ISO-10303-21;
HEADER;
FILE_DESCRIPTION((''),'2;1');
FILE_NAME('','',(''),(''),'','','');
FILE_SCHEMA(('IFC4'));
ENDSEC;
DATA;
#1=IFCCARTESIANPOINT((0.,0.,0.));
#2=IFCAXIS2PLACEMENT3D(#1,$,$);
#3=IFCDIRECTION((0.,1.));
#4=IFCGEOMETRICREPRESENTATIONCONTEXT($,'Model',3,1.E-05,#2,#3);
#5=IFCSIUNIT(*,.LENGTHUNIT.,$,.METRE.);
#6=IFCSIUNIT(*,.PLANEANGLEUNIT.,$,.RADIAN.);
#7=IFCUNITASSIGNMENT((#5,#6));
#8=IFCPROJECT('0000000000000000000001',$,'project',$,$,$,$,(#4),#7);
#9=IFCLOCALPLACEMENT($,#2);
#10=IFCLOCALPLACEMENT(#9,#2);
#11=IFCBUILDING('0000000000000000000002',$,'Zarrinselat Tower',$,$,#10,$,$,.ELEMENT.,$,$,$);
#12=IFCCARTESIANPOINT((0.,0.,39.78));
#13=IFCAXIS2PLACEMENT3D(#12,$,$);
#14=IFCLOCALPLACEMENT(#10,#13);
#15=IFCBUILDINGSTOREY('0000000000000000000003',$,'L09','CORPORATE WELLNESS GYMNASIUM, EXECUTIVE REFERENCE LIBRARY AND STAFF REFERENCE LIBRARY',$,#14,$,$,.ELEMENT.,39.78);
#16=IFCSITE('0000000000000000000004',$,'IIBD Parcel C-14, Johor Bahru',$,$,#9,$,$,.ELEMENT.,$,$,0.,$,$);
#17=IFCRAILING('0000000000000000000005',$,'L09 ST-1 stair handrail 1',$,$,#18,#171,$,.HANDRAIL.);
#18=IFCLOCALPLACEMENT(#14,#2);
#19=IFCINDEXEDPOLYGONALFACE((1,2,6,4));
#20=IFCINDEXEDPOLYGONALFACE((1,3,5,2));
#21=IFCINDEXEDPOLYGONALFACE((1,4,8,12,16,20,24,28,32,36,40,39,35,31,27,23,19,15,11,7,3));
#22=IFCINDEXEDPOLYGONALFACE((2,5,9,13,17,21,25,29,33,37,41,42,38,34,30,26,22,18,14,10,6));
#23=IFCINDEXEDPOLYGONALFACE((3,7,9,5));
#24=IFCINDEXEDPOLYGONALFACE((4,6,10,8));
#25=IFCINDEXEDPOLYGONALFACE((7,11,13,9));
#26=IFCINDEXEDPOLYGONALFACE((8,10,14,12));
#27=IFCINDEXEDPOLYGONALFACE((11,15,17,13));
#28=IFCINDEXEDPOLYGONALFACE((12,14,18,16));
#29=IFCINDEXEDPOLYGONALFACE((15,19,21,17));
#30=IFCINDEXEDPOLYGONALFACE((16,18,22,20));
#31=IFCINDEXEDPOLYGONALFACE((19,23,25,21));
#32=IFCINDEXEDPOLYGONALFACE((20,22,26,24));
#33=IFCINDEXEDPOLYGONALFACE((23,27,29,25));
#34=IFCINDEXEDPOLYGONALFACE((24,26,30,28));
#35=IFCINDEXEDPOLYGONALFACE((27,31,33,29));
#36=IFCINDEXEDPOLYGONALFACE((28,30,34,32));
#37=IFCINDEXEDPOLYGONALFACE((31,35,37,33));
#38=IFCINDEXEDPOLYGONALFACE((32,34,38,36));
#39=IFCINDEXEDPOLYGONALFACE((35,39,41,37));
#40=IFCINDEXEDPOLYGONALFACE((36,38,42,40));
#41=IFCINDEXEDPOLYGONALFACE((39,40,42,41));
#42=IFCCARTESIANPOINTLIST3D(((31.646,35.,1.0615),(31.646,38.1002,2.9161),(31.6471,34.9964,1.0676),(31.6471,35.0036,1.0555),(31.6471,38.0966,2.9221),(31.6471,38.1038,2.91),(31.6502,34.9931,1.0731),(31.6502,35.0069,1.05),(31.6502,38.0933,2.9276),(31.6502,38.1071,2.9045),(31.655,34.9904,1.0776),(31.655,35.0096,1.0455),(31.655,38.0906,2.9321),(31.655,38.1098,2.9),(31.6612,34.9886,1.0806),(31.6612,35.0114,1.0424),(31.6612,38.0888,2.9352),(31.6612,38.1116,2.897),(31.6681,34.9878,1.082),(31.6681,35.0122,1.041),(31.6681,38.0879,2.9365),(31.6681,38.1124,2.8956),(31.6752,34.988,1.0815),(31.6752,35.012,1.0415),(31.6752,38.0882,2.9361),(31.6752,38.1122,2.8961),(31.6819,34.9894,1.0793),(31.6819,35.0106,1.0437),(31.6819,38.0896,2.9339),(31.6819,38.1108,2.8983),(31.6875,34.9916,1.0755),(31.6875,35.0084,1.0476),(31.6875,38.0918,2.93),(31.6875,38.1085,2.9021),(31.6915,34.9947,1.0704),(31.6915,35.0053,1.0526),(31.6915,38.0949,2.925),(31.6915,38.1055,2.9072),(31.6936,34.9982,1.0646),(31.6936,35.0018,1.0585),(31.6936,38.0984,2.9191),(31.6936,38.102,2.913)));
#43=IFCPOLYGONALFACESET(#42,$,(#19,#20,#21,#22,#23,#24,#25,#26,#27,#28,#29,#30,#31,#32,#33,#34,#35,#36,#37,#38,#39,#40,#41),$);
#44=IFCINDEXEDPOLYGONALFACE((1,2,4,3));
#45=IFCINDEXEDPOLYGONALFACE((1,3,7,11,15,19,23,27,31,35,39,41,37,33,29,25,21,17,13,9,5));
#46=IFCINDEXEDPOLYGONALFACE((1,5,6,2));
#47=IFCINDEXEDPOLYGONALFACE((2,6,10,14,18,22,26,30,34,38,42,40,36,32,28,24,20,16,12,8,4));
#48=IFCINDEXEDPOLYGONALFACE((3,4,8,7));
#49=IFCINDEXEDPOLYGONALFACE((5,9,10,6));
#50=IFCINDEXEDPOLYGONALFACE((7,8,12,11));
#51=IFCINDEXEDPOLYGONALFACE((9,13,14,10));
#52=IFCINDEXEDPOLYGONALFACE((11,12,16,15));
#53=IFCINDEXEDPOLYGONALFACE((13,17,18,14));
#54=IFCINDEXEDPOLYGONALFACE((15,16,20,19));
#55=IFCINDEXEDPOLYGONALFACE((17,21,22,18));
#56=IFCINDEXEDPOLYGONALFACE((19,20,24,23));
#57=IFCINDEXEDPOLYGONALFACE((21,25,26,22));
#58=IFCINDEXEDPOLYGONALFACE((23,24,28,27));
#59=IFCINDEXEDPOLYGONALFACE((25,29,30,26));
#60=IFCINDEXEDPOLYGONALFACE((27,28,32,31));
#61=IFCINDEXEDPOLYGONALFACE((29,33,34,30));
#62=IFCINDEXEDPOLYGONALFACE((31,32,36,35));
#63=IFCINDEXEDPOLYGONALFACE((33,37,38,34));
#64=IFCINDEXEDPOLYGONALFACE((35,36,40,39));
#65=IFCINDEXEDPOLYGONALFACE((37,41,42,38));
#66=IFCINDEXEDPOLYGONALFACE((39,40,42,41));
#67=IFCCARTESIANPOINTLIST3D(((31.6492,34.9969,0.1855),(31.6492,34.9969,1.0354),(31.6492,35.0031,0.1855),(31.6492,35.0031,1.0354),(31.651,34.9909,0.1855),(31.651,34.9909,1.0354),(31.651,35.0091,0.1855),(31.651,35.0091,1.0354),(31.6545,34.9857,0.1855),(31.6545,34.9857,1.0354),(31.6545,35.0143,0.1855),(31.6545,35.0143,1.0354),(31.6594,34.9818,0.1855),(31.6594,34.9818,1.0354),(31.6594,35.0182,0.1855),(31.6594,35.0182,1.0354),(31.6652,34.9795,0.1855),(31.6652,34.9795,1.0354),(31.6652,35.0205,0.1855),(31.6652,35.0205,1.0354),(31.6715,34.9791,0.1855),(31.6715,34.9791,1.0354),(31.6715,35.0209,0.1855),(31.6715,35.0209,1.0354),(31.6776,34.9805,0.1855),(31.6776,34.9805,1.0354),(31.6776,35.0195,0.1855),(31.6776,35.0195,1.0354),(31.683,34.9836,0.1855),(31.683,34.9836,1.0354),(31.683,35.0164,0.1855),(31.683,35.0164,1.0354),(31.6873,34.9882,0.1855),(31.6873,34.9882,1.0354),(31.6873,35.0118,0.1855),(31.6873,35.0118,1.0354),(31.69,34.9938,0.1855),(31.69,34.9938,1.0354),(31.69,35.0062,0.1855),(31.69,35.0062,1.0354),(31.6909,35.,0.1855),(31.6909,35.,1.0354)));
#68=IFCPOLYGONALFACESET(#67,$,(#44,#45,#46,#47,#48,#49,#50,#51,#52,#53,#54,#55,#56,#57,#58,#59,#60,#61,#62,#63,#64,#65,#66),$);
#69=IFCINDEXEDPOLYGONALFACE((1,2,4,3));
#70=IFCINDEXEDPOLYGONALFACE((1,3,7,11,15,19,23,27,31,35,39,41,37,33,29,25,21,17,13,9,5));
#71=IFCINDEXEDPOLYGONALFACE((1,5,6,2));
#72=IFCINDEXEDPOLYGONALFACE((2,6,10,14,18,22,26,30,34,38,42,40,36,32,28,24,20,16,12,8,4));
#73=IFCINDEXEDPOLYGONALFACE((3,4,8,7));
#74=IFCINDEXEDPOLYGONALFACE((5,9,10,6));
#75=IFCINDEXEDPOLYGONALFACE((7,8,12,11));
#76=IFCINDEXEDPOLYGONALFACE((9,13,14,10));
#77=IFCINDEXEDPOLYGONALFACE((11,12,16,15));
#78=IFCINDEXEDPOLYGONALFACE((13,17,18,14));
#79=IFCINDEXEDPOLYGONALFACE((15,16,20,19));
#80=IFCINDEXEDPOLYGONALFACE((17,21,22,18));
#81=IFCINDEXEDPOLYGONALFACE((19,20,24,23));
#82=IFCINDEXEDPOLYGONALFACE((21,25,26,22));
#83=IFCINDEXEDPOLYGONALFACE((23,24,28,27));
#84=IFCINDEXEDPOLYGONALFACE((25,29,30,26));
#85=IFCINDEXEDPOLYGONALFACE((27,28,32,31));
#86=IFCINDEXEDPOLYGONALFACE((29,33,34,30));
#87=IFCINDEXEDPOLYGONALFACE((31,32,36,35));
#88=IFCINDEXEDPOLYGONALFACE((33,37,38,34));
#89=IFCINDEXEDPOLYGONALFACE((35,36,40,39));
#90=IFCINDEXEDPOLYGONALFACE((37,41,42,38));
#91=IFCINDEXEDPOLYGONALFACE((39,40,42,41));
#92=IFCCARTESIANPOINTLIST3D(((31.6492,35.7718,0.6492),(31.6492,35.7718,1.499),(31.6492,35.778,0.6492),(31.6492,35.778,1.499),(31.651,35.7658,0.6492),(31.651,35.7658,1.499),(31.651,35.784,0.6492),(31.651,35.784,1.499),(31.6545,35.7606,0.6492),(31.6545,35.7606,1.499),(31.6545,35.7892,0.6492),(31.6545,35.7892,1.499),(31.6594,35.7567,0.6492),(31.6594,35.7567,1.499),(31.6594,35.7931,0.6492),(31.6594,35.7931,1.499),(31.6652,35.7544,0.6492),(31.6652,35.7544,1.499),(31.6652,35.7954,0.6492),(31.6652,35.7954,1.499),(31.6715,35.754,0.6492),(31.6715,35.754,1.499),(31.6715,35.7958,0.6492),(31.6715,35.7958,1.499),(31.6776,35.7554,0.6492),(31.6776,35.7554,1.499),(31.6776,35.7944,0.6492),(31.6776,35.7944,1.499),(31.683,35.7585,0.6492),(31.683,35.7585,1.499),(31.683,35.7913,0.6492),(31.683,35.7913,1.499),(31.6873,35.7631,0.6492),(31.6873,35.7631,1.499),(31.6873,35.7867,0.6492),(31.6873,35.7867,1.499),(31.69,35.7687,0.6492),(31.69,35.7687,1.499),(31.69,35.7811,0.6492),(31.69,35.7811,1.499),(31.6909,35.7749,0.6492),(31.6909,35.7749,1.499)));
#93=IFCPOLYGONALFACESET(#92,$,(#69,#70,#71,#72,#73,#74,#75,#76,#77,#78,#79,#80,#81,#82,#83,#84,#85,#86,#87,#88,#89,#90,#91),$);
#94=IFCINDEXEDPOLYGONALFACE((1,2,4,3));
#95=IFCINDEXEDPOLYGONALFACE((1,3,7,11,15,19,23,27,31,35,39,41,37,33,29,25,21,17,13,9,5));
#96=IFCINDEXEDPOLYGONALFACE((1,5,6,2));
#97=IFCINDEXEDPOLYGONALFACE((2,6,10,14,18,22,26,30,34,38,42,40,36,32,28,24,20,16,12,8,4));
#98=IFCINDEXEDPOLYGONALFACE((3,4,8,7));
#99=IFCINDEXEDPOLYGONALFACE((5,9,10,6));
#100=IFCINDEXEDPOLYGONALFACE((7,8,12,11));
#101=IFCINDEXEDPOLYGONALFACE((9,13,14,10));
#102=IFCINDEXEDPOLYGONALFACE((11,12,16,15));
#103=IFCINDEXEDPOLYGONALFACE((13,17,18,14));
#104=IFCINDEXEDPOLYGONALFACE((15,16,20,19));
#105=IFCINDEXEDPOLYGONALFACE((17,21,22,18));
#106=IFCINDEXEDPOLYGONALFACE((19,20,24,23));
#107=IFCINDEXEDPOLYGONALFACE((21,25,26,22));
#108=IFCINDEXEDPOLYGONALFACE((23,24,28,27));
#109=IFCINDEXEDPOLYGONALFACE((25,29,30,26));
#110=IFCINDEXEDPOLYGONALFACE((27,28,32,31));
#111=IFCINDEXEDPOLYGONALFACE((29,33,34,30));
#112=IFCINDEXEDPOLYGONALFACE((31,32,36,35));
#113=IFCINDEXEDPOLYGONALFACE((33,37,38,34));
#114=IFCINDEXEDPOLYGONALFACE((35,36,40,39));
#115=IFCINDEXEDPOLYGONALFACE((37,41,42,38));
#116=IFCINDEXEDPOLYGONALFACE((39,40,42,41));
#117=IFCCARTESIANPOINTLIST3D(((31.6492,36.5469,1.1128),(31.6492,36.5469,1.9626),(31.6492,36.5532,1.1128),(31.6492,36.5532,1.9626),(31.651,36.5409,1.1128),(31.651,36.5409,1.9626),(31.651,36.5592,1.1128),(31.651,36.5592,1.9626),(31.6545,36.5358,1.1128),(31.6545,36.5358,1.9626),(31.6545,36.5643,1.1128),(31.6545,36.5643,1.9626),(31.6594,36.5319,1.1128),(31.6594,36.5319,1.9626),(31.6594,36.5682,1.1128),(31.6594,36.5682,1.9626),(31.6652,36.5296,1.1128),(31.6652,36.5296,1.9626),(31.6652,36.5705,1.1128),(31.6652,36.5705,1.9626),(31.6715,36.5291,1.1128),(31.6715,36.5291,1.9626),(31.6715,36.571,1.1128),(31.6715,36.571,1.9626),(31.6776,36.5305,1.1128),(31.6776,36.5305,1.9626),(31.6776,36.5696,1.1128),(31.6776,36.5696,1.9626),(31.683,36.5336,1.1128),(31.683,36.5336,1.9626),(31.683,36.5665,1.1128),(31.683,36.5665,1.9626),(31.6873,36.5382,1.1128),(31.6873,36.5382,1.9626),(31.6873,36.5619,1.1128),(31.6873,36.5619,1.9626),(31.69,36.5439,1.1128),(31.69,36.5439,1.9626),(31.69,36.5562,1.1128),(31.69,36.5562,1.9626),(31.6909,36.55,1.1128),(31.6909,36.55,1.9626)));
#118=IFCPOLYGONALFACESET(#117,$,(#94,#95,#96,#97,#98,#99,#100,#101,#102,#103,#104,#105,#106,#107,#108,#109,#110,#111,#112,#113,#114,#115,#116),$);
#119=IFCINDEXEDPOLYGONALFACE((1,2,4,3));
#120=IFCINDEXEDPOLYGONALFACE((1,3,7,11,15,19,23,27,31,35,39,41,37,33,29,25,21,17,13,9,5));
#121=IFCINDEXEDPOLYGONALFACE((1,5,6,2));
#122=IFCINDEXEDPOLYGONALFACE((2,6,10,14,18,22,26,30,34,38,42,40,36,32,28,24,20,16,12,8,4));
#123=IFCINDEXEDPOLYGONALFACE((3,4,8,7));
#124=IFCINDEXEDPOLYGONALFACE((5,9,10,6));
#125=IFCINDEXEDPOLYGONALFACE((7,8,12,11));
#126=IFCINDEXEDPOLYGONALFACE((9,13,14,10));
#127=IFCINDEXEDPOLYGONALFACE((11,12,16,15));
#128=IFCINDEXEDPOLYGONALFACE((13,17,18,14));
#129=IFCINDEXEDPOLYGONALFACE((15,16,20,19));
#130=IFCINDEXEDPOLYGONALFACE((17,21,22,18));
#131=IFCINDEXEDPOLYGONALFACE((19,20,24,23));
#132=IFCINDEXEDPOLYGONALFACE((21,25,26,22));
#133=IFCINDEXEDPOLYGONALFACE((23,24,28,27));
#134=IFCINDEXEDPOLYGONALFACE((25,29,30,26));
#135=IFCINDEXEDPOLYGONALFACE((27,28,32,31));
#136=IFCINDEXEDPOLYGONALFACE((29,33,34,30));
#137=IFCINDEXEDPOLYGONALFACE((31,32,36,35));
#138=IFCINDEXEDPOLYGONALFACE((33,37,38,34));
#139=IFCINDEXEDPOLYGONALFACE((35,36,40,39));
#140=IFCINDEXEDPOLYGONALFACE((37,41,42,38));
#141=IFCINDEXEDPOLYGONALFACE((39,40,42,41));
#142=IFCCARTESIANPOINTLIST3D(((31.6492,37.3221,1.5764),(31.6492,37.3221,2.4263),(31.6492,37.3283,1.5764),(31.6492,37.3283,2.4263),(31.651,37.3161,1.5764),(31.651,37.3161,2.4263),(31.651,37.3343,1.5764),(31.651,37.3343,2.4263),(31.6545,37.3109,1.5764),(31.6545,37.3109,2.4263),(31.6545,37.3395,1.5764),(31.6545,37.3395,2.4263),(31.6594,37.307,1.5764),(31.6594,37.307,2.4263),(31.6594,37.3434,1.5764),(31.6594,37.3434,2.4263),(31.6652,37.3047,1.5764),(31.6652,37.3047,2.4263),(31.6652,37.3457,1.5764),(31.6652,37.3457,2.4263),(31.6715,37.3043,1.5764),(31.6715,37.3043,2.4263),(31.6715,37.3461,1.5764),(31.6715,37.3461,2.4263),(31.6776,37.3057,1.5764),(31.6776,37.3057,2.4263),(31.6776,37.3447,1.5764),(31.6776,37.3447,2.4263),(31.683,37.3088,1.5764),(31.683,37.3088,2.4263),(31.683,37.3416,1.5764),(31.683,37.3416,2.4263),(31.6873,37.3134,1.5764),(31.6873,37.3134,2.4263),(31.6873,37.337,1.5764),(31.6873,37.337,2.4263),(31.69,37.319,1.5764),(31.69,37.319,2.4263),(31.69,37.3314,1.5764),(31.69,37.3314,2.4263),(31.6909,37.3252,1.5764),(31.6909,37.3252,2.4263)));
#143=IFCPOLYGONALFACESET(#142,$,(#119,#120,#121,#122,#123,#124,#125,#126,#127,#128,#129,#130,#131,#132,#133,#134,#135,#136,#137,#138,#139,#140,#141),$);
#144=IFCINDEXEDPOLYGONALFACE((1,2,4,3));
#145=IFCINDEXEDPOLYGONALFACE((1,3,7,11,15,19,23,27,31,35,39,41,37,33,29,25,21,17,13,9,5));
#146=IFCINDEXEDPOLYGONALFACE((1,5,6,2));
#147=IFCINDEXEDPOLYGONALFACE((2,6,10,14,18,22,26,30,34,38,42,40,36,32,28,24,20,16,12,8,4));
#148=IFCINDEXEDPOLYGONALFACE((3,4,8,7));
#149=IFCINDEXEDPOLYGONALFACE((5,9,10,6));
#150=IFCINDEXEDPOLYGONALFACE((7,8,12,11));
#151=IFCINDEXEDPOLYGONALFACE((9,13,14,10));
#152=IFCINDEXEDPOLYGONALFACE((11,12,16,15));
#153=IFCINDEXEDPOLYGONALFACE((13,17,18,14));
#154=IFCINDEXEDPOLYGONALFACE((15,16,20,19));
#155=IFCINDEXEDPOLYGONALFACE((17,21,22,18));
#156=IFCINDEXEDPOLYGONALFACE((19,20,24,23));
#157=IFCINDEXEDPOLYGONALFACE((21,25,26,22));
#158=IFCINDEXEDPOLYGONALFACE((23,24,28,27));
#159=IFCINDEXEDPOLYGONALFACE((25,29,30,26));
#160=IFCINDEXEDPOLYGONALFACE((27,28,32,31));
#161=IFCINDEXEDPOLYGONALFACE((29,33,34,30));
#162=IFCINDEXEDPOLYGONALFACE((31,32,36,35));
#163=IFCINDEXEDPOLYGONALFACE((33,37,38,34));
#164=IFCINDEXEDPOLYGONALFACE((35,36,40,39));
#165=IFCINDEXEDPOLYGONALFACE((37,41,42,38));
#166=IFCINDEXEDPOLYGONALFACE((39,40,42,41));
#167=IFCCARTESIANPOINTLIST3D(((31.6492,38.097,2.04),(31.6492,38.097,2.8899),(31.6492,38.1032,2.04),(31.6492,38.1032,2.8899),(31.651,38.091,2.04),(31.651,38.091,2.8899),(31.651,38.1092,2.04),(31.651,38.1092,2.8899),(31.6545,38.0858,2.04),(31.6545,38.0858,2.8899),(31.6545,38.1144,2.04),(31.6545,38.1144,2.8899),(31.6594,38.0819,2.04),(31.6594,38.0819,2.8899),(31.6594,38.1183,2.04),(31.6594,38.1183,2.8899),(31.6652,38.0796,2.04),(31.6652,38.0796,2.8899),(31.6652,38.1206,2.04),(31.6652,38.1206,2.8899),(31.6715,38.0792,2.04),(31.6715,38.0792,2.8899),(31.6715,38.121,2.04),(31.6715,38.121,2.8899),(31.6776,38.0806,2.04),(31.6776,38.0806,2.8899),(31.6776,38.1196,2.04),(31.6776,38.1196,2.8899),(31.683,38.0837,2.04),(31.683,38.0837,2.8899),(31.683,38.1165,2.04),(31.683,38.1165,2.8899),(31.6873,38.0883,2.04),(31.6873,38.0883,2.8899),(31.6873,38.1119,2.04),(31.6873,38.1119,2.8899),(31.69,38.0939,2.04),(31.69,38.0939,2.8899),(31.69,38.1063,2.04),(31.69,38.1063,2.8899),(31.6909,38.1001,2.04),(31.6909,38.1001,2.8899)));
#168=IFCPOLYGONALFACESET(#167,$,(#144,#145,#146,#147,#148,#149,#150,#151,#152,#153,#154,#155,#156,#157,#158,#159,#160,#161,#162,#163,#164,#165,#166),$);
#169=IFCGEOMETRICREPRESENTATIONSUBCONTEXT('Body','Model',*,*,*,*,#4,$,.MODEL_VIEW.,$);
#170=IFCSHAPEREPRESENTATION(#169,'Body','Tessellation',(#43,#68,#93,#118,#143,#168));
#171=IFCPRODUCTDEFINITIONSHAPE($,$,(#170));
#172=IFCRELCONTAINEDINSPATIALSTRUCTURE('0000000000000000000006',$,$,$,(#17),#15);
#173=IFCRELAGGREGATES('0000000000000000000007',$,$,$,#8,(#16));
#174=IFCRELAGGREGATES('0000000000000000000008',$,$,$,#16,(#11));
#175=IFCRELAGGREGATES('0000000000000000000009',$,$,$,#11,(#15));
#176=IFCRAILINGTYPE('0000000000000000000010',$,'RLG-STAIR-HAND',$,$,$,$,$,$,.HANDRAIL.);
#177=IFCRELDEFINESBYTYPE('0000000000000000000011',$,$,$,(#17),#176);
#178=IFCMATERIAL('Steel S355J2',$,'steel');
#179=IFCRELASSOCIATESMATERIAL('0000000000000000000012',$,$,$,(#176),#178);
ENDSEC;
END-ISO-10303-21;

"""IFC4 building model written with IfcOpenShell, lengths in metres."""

from ifc_helpers import new_model, si_unit, direction, frame, origin, origin_2d, place, context, subcontext, project, spatial, circle, extrude, material, type_object, element, save


model = new_model("IFC4")

# Units and contexts
model_context = context("Model", 3, precision=1e-05, world=origin(), true_north=direction((0.0, 1.0)))
body_context = subcontext(model_context, "Body", "Model", "MODEL_VIEW")
ifc_project = project(units=[si_unit("LENGTHUNIT", "METRE"), si_unit("PLANEANGLEUNIT", "RADIAN")], contexts=[model_context])

# Site, building, storey
site_placement = place(None, origin())
site = spatial("IfcSite", under=ifc_project, at=site_placement, Name="IIBD Parcel C-14, Johor Bahru", CompositionType="ELEMENT", RefElevation=0.0)
building_placement = place(site_placement, origin())
building = spatial("IfcBuilding", under=site, at=building_placement, Name="Zarrinselat Tower", CompositionType="ELEMENT")
storey_placement = place(building_placement, frame((0.0, 0.0, 39.78)))
storey = spatial("IfcBuildingStorey", under=building, at=storey_placement, Name="L09", Description="CORPORATE WELLNESS GYMNASIUM, EXECUTIVE REFERENCE LIBRARY AND STAFF REFERENCE LIBRARY", CompositionType="ELEMENT", Elevation=39.78)

# Railing
ifc_material_1 = material(Name="Steel S355J2", Category="steel")
railing_type_1 = type_object("IfcRailingType", Name="RLG-STAIR-HAND", PredefinedType="HANDRAIL", material=ifc_material_1)
railing_1_placement = place(storey_placement, frame((31.6699, 35.0, 0.1855)))
element("IfcRailing", 1, at=railing_1_placement, inside=storey, type_object=railing_type_1, Name="L09 ST-1 stair handrail 1", PredefinedType="HANDRAIL", context=body_context, shape_type="SweptSolid", body=[
    extrude(circle(Radius=0.0239, at=origin_2d()), frame((0.0, 0.0, 0.876), z_axis=(0.0, 0.858172, 0.513362), x_axis=(-1.0, 0.0, 0.0)), (0.0, 0.0, 1.0), 3.6125),
    extrude(circle(Radius=0.021, at=origin_2d()), origin(), (0.0, 0.0, 1.0), 0.8499),
    extrude(circle(Radius=0.021, at=origin_2d()), frame((0.0, 0.7749, 0.4636)), (0.0, 0.0, 1.0), 0.8499),
    extrude(circle(Radius=0.021, at=origin_2d()), frame((0.0, 1.55, 0.9272)), (0.0, 0.0, 1.0), 0.8499),
    extrude(circle(Radius=0.021, at=origin_2d()), frame((0.0, 2.3252, 1.3909)), (0.0, 0.0, 1.0), 0.8499),
    extrude(circle(Radius=0.021, at=origin_2d()), frame((0.0, 3.1001, 1.8545)), (0.0, 0.0, 1.0), 0.8499),
])

save(model, "model.ifc")
